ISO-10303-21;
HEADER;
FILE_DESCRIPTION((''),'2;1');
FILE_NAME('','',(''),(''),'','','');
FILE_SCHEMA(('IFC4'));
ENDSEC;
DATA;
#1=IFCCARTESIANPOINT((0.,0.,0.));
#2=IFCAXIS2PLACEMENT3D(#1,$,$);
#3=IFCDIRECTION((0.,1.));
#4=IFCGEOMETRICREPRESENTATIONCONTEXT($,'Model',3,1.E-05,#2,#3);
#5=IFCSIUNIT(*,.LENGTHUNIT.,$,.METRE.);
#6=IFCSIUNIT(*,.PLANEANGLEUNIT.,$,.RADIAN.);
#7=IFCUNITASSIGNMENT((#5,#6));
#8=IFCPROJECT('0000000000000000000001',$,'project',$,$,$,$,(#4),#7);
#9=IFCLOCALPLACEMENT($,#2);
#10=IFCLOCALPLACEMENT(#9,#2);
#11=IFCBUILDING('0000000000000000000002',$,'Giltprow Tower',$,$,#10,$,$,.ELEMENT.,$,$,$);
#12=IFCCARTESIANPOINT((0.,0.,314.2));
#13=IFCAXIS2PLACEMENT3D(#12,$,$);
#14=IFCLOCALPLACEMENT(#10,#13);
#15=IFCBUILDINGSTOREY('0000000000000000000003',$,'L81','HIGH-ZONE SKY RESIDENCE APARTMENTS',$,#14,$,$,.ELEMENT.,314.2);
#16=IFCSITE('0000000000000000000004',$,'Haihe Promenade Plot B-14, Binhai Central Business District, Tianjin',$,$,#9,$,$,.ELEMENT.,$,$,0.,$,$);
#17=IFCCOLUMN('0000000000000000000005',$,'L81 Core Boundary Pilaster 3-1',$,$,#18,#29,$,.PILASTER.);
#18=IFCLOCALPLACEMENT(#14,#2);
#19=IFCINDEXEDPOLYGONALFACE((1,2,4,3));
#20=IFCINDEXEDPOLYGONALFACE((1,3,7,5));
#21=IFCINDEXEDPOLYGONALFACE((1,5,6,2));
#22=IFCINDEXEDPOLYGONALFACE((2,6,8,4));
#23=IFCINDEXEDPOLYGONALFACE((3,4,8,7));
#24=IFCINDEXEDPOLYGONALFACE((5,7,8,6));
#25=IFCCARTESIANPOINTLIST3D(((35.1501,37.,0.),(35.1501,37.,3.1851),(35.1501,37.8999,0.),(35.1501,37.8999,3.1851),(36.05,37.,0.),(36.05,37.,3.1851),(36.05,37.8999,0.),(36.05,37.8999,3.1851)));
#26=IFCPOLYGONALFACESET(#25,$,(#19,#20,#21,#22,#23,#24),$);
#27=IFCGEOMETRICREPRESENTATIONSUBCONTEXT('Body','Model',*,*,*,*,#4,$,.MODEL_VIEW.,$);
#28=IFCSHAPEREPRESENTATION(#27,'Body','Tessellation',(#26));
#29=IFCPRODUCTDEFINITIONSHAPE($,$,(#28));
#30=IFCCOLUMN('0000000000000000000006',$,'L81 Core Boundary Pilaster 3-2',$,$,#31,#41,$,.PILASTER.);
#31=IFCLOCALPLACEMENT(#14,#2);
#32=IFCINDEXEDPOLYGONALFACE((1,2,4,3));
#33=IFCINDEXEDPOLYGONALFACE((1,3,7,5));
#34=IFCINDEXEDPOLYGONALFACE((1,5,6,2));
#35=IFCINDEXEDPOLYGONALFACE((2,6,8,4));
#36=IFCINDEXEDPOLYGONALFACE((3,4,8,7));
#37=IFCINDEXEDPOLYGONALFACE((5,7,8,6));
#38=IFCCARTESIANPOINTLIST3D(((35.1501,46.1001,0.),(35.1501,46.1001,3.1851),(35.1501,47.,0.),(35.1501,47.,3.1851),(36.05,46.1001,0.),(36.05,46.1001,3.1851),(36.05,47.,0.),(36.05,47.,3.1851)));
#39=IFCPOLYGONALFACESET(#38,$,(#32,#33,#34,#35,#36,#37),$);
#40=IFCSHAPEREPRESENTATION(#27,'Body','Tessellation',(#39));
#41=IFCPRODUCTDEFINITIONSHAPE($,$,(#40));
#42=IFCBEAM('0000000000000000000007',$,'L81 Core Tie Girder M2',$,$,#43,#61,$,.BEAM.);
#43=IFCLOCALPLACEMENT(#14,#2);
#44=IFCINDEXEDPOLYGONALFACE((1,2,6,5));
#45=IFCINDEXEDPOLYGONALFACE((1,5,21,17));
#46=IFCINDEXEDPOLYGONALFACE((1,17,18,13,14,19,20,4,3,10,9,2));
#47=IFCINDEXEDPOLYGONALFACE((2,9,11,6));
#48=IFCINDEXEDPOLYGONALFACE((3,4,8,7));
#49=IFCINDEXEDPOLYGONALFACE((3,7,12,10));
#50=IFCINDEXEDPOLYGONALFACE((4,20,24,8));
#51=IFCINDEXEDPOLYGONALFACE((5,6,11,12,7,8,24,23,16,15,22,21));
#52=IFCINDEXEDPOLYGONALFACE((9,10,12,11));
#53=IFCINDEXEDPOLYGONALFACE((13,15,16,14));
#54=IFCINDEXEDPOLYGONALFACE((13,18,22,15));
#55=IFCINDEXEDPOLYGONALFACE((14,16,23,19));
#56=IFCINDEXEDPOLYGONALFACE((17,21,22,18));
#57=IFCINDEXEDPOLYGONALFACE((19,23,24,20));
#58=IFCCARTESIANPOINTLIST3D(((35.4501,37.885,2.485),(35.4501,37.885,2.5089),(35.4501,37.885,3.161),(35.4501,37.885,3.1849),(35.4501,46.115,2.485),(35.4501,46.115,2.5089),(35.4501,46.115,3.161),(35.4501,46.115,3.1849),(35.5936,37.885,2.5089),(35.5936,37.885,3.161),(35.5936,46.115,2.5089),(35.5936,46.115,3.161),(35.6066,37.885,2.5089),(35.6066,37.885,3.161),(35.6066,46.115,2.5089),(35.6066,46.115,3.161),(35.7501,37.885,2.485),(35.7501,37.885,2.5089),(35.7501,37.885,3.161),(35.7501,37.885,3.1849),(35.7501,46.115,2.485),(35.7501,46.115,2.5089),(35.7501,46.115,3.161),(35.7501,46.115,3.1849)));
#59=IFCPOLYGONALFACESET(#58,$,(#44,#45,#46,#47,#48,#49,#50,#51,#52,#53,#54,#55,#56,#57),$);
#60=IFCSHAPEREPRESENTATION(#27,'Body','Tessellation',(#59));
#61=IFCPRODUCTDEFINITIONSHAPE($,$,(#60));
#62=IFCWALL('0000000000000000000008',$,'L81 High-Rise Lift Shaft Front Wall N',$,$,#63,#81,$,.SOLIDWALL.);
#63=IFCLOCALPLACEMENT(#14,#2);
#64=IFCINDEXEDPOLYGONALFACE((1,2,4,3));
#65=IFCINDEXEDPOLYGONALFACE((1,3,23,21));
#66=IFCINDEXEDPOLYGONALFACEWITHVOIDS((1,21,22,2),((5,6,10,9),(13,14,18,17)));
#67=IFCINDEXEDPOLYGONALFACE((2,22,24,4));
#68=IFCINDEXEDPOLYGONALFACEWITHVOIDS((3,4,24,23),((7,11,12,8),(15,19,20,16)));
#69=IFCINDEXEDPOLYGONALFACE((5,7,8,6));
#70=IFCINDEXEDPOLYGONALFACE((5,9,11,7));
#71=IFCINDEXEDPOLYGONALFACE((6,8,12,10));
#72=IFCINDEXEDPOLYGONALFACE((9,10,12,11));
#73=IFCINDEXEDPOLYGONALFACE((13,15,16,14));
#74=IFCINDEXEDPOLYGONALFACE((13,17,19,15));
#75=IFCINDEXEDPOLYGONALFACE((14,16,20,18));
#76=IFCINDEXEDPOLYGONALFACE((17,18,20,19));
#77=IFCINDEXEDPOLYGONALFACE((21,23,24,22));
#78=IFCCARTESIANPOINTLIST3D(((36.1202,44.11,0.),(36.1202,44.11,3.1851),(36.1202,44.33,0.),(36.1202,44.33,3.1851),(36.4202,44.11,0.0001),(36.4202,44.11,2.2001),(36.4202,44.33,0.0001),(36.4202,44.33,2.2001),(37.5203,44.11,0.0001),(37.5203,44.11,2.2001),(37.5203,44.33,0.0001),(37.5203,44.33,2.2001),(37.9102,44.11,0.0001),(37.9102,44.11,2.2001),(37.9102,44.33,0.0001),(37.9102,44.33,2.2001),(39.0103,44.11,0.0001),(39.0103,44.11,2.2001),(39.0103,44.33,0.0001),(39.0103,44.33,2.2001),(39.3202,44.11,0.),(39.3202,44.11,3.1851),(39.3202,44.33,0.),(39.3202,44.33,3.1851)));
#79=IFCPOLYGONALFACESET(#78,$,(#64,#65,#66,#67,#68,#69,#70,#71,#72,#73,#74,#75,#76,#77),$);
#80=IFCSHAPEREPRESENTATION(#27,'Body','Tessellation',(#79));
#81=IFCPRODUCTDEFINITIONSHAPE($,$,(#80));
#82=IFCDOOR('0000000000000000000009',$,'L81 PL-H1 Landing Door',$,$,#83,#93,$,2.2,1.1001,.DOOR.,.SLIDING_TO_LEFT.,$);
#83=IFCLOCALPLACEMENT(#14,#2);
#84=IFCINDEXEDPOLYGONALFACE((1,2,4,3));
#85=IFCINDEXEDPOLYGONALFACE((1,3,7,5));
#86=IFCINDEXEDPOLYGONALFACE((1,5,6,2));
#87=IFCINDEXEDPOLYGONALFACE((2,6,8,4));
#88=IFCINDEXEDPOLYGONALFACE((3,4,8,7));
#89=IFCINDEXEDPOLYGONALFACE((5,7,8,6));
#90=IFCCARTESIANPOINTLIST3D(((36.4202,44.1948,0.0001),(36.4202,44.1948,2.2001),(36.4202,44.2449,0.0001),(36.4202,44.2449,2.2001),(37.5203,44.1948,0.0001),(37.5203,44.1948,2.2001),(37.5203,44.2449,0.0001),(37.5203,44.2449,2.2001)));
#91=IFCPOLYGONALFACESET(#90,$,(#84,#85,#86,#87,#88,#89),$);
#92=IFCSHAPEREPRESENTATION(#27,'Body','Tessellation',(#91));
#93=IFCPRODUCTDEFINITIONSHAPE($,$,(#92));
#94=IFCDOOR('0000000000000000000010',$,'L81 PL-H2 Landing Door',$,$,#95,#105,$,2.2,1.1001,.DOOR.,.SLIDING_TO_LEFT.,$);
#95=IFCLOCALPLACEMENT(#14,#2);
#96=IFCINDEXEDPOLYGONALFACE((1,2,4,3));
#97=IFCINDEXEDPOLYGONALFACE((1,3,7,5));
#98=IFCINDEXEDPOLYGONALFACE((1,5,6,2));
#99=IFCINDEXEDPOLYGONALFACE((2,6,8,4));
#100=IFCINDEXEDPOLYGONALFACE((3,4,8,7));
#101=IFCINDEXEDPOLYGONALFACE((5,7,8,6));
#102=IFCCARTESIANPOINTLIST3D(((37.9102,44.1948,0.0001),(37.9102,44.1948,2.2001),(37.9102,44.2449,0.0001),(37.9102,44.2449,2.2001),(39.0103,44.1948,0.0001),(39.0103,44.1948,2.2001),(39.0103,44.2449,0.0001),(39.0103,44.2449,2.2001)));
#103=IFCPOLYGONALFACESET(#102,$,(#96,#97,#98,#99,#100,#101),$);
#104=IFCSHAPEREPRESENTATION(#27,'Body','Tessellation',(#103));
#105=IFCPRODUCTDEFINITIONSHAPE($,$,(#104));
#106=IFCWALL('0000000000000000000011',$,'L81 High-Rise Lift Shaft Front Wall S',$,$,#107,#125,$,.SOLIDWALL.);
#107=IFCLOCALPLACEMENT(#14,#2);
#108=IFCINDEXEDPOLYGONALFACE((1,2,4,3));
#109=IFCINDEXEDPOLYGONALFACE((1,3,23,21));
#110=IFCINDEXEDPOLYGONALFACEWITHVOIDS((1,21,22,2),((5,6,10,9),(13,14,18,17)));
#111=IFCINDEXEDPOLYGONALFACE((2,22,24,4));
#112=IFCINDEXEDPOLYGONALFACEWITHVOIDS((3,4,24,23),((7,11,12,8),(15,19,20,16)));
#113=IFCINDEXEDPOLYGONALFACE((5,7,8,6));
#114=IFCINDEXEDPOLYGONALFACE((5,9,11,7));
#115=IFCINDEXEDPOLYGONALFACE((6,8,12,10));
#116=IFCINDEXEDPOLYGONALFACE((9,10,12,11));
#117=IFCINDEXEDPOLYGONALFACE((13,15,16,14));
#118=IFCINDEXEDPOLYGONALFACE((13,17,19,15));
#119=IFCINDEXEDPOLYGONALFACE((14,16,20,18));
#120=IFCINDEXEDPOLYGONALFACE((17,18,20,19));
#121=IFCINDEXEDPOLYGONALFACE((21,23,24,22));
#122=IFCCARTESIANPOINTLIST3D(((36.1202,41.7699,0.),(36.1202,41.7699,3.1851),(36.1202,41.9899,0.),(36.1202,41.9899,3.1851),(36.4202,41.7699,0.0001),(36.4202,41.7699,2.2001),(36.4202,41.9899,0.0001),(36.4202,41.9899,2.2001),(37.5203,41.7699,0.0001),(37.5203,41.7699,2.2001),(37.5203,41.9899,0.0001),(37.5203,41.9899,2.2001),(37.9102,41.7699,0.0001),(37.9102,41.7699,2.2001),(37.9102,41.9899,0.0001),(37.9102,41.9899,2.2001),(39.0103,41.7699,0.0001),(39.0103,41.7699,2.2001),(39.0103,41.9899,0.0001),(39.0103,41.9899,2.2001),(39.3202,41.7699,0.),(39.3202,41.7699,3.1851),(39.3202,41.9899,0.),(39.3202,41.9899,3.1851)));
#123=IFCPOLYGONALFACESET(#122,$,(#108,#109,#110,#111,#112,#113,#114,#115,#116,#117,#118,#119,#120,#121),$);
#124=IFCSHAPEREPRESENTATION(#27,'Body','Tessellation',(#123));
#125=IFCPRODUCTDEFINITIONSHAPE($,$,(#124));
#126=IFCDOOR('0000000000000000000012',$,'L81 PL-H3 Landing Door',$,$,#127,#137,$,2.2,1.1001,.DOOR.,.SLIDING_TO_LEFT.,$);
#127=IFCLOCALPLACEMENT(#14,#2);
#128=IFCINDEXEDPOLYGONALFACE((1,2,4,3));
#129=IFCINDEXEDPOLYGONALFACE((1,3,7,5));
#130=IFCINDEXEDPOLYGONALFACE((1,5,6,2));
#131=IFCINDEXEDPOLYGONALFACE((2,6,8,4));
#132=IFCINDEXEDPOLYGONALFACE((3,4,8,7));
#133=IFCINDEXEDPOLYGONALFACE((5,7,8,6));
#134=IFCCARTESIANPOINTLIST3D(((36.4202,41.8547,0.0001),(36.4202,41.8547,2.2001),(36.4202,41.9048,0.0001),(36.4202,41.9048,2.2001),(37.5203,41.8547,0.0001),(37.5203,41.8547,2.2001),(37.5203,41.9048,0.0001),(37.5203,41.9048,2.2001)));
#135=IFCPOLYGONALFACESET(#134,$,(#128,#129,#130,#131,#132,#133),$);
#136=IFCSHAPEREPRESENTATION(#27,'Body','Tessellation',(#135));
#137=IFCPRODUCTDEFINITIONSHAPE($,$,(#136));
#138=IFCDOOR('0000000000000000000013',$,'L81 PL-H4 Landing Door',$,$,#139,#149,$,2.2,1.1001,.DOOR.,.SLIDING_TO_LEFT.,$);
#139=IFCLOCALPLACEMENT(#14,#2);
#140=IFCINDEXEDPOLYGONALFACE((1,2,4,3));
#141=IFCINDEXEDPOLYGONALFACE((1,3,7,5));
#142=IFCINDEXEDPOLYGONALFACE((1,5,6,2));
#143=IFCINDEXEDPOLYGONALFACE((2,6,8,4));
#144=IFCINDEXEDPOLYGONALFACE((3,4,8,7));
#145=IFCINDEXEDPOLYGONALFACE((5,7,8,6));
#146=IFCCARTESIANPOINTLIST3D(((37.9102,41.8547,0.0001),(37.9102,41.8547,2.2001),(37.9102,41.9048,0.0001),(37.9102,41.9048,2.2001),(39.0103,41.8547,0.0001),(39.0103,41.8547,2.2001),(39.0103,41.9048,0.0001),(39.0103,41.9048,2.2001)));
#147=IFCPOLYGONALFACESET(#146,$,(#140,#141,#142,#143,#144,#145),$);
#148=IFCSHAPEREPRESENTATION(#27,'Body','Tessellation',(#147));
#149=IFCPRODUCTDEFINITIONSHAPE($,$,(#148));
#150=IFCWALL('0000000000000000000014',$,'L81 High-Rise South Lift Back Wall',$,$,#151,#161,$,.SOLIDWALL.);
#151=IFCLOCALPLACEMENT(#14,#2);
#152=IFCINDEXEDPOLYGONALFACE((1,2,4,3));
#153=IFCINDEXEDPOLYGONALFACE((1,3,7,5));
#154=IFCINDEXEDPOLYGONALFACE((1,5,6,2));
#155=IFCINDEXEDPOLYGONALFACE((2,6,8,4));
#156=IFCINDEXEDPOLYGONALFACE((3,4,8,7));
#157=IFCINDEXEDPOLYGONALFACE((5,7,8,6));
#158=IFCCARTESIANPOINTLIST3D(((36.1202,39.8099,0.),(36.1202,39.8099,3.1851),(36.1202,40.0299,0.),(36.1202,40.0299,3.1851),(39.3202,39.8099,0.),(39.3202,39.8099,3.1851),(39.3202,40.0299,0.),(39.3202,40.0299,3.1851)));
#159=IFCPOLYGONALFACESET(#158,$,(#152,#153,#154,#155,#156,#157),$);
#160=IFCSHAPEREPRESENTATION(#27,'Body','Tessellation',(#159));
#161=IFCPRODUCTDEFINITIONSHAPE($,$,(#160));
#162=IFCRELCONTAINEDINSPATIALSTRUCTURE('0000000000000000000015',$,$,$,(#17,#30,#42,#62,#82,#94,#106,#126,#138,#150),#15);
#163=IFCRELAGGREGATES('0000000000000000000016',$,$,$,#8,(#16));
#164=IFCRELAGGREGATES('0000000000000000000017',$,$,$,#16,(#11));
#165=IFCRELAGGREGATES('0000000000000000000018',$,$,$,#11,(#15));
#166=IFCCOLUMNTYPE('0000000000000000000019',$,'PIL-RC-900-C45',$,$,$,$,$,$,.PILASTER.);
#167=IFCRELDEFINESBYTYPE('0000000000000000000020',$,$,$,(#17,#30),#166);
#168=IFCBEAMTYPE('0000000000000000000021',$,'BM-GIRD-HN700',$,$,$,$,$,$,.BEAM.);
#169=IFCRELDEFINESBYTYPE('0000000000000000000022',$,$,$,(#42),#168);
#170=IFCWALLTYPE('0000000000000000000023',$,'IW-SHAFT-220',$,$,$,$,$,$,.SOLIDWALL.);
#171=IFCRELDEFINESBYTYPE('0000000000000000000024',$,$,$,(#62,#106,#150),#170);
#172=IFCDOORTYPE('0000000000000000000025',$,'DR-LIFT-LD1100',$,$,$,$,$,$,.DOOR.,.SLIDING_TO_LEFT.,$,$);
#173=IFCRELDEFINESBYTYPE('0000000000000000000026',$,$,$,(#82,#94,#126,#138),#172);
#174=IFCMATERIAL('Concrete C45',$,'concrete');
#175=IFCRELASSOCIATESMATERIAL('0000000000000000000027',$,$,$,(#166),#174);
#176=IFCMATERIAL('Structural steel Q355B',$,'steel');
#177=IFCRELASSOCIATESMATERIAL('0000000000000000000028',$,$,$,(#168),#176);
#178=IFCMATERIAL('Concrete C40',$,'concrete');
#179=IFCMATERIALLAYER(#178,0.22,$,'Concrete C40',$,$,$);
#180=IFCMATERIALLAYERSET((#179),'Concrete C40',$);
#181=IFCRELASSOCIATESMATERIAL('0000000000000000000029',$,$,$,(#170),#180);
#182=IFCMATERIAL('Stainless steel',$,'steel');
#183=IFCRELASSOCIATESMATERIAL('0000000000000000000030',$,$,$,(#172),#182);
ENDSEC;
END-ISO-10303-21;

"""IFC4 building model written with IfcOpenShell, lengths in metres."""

from ifc_helpers import new_model, si_unit, direction, frame, frame_2d, origin, origin_2d, place, context, subcontext, project, spatial, rectangle, i_section, extrude, source, transform, mapped, material, layer, layer_set, material_profile, profile_set, type_object, element, fill, save


model = new_model("IFC4")

# Units and contexts
model_context = context("Model", 3, precision=1e-05, world=origin(), true_north=direction((0.0, 1.0)))
body_context = subcontext(model_context, "Body", "Model", "MODEL_VIEW")
ifc_project = project(units=[si_unit("LENGTHUNIT", "METRE"), si_unit("PLANEANGLEUNIT", "RADIAN")], contexts=[model_context])

# Site, building, storey
site_placement = place(None, origin())
site = spatial("IfcSite", under=ifc_project, at=site_placement, Name="Haihe Promenade Plot B-14, Binhai Central Business District, Tianjin", CompositionType="ELEMENT", RefElevation=0.0)
building_placement = place(site_placement, origin())
building = spatial("IfcBuilding", under=site, at=building_placement, Name="Giltprow Tower", CompositionType="ELEMENT")
storey_placement = place(building_placement, frame((0.0, 0.0, 314.2)))
storey = spatial("IfcBuildingStorey", under=building, at=storey_placement, Name="L81", Description="HIGH-ZONE SKY RESIDENCE APARTMENTS", CompositionType="ELEMENT", Elevation=314.2)

# Columns
ifc_material_1 = material(Name="Concrete C45", Category="concrete")
ifc_material_profile_1 = material_profile(ifc_material_1, rectangle(XDim=0.8999, YDim=0.8999, at=origin_2d()), Name="RC 900x900")
ifc_profile_set_1 = profile_set([ifc_material_profile_1], Name="Concrete C45")
column_type = type_object("IfcColumnType", Name="PIL-RC-900-C45", PredefinedType="PILASTER", material=ifc_profile_set_1)
shared_shape_1 = source(origin(), body_context, "Body", "SweptSolid", [
    extrude(rectangle(XDim=0.8999, YDim=0.8999, at=origin_2d()), origin(), (0.0, 0.0, 1.0), 3.1851),
])
for number, where, z_axis, x_axis, name in (
    (1, (35.6001, 37.45, 0.0), (0.0, 0.0, 1.0), (1.0, 0.0, 0.0), "L81 Core Boundary Pilaster 3-1"),
    (2, (35.6001, 46.55, 0.0), (0.0, 0.0, 1.0), (1.0, 0.0, 0.0), "L81 Core Boundary Pilaster 3-2"),
):
    element("IfcColumn", number, at=place(storey_placement, frame(where, z_axis=z_axis, x_axis=x_axis)), inside=storey, type_object=column_type, Name=name, PredefinedType="PILASTER", context=body_context, shape_type="MappedRepresentation", body=[
        mapped(shared_shape_1, transform((0.0, 0.0, 0.0), x_axis=(1.0, 0.0, 0.0), y_axis=(0.0, 1.0, 0.0), z_axis=(0.0, 0.0, 1.0), scale=1.0)),
    ])

# Beam
ifc_material_2 = material(Name="Structural steel Q355B", Category="steel")
ifc_material_profile_2 = material_profile(ifc_material_2, i_section(OverallWidth=0.3, OverallDepth=0.7, WebThickness=0.0129, FlangeThickness=0.0239, at=origin_2d()), Name="HN 700x300x13x24")
ifc_profile_set_2 = profile_set([ifc_material_profile_2], Name="Structural steel Q355B")
beam_type = type_object("IfcBeamType", Name="BM-GIRD-HN700", PredefinedType="BEAM", material=ifc_profile_set_2)
shared_shape_2 = source(origin(), body_context, "Body", "SweptSolid", [
    extrude(i_section(OverallWidth=0.3, OverallDepth=0.7, WebThickness=0.0129, FlangeThickness=0.0239, at=origin_2d()), origin(), (0.0, 0.0, 1.0), 8.23),
])
beam_placement = place(storey_placement, frame((35.6001, 37.885, 2.835), z_axis=(0.0, 1.0, 0.0), x_axis=(-1.0, 0.0, 0.0)))
element("IfcBeam", 3, at=beam_placement, inside=storey, type_object=beam_type, Name="L81 Core Tie Girder M2", PredefinedType="BEAM", context=body_context, shape_type="MappedRepresentation", body=[
    mapped(shared_shape_2, transform((0.0, 0.0, 0.0), x_axis=(1.0, 0.0, 0.0), y_axis=(0.0, 1.0, 0.0), z_axis=(0.0, 0.0, 1.0), scale=1.0)),
])

# Walls, openings, doors
ifc_material_3 = material(Name="Concrete C40", Category="concrete")
ifc_layer_1 = layer(ifc_material_3, 0.22, Name="Concrete C40")
ifc_layer_set_1 = layer_set([ifc_layer_1], Name="Concrete C40")
wall_type_1 = type_object("IfcWallType", Name="IW-SHAFT-220", PredefinedType="SOLIDWALL", material=ifc_layer_set_1)
wall_1_placement = place(storey_placement, frame((36.1201, 44.22, 0.0), z_axis=(0.0, 0.0, 1.0), x_axis=(1.0, 0.0, 0.0)))
wall_1 = element("IfcWall", 4, at=wall_1_placement, inside=storey, type_object=wall_type_1, Name="L81 High-Rise Lift Shaft Front Wall N", PredefinedType="SOLIDWALL", context=body_context, shape_type="SweptSolid", body=[
    extrude(rectangle(XDim=3.2, YDim=0.22, at=frame_2d((1.6001, 0.0))), origin(), (0.0, 0.0, 1.0), 3.1851),
])
opening_1_placement = place(wall_1_placement, frame((0.3, 0.0, 0.0)))
opening_1 = element("IfcOpeningElement", 5, at=opening_1_placement, cuts=wall_1, PredefinedType="OPENING", context=body_context, shape_type="SweptSolid", body=[
    extrude(rectangle(XDim=1.1001, YDim=2.2, at=frame_2d((0.55, 1.1001))), frame((0.0, 0.1199, 0.0), z_axis=(0.0, -1.0, 0.0), x_axis=(1.0, 0.0, 0.0)), (0.0, 0.0, 1.0), 0.24),
])
opening_2_placement = place(wall_1_placement, frame((1.79, 0.0, 0.0)))
opening_2 = element("IfcOpeningElement", 6, at=opening_2_placement, cuts=wall_1, PredefinedType="OPENING", context=body_context, shape_type="SweptSolid", body=[
    extrude(rectangle(XDim=1.1001, YDim=2.2, at=frame_2d((0.55, 1.1001))), frame((0.0, 0.1199, 0.0), z_axis=(0.0, -1.0, 0.0), x_axis=(1.0, 0.0, 0.0)), (0.0, 0.0, 1.0), 0.24),
])
ifc_material_4 = material(Name="Stainless steel", Category="steel")
door_type_1 = type_object("IfcDoorType", Name="DR-LIFT-LD1100", OperationType="SLIDING_TO_LEFT", PredefinedType="DOOR", material=ifc_material_4)
shared_shape_3 = source(origin(), body_context, "Body", "SweptSolid", [
    extrude(rectangle(XDim=1.1001, YDim=2.2, at=frame_2d((0.55, 1.1001))), frame((0.0, 0.0249, 0.0), z_axis=(0.0, -1.0, 0.0), x_axis=(1.0, 0.0, 0.0)), (0.0, 0.0, 1.0), 0.05),
])
door_1_placement = place(opening_1_placement, origin())
door_1 = element("IfcDoor", 7, at=door_1_placement, inside=storey, type_object=door_type_1, Name="L81 PL-H1 Landing Door", OperationType="SLIDING_TO_LEFT", OverallHeight=2.2, OverallWidth=1.1001, PredefinedType="DOOR", context=body_context, shape_type="MappedRepresentation", body=[
    mapped(shared_shape_3, transform((0.0, 0.0, 0.0), x_axis=(1.0, 0.0, 0.0), y_axis=(0.0, 1.0, 0.0), z_axis=(0.0, 0.0, 1.0), scale=1.0)),
])
fill(opening_1, door_1)
door_2_placement = place(opening_2_placement, origin())
door_2 = element("IfcDoor", 8, at=door_2_placement, inside=storey, type_object=door_type_1, Name="L81 PL-H2 Landing Door", OperationType="SLIDING_TO_LEFT", OverallHeight=2.2, OverallWidth=1.1001, PredefinedType="DOOR", context=body_context, shape_type="MappedRepresentation", body=[
    mapped(shared_shape_3, transform((0.0, 0.0, 0.0), x_axis=(1.0, 0.0, 0.0), y_axis=(0.0, 1.0, 0.0), z_axis=(0.0, 0.0, 1.0), scale=1.0)),
])
fill(opening_2, door_2)
wall_2_placement = place(storey_placement, frame((36.1201, 41.8799, 0.0), z_axis=(0.0, 0.0, 1.0), x_axis=(1.0, 0.0, 0.0)))
wall_2 = element("IfcWall", 9, at=wall_2_placement, inside=storey, type_object=wall_type_1, Name="L81 High-Rise Lift Shaft Front Wall S", PredefinedType="SOLIDWALL", context=body_context, shape_type="SweptSolid", body=[
    extrude(rectangle(XDim=3.2, YDim=0.22, at=frame_2d((1.6001, 0.0))), origin(), (0.0, 0.0, 1.0), 3.1851),
])
opening_3_placement = place(wall_2_placement, frame((0.3, 0.0, 0.0)))
opening_3 = element("IfcOpeningElement", 10, at=opening_3_placement, cuts=wall_2, PredefinedType="OPENING", context=body_context, shape_type="SweptSolid", body=[
    extrude(rectangle(XDim=1.1001, YDim=2.2, at=frame_2d((0.55, 1.1001))), frame((0.0, 0.1199, 0.0), z_axis=(0.0, -1.0, 0.0), x_axis=(1.0, 0.0, 0.0)), (0.0, 0.0, 1.0), 0.24),
])
opening_4_placement = place(wall_2_placement, frame((1.79, 0.0, 0.0)))
opening_4 = element("IfcOpeningElement", 11, at=opening_4_placement, cuts=wall_2, PredefinedType="OPENING", context=body_context, shape_type="SweptSolid", body=[
    extrude(rectangle(XDim=1.1001, YDim=2.2, at=frame_2d((0.55, 1.1001))), frame((0.0, 0.1199, 0.0), z_axis=(0.0, -1.0, 0.0), x_axis=(1.0, 0.0, 0.0)), (0.0, 0.0, 1.0), 0.24),
])
door_3_placement = place(opening_3_placement, origin())
door_3 = element("IfcDoor", 12, at=door_3_placement, inside=storey, type_object=door_type_1, Name="L81 PL-H3 Landing Door", OperationType="SLIDING_TO_LEFT", OverallHeight=2.2, OverallWidth=1.1001, PredefinedType="DOOR", context=body_context, shape_type="MappedRepresentation", body=[
    mapped(shared_shape_3, transform((0.0, 0.0, 0.0), x_axis=(1.0, 0.0, 0.0), y_axis=(0.0, 1.0, 0.0), z_axis=(0.0, 0.0, 1.0), scale=1.0)),
])
fill(opening_3, door_3)
door_4_placement = place(opening_4_placement, origin())
door_4 = element("IfcDoor", 13, at=door_4_placement, inside=storey, type_object=door_type_1, Name="L81 PL-H4 Landing Door", OperationType="SLIDING_TO_LEFT", OverallHeight=2.2, OverallWidth=1.1001, PredefinedType="DOOR", context=body_context, shape_type="MappedRepresentation", body=[
    mapped(shared_shape_3, transform((0.0, 0.0, 0.0), x_axis=(1.0, 0.0, 0.0), y_axis=(0.0, 1.0, 0.0), z_axis=(0.0, 0.0, 1.0), scale=1.0)),
])
fill(opening_4, door_4)

# Wall
wall_3_placement = place(storey_placement, frame((36.1201, 39.9199, 0.0), z_axis=(0.0, 0.0, 1.0), x_axis=(1.0, 0.0, 0.0)))
element("IfcWall", 14, at=wall_3_placement, inside=storey, type_object=wall_type_1, Name="L81 High-Rise South Lift Back Wall", PredefinedType="SOLIDWALL", context=body_context, shape_type="SweptSolid", body=[
    extrude(rectangle(XDim=3.2, YDim=0.22, at=frame_2d((1.6001, 0.0))), origin(), (0.0, 0.0, 1.0), 3.1851),
])

save(model, "model.ifc")
